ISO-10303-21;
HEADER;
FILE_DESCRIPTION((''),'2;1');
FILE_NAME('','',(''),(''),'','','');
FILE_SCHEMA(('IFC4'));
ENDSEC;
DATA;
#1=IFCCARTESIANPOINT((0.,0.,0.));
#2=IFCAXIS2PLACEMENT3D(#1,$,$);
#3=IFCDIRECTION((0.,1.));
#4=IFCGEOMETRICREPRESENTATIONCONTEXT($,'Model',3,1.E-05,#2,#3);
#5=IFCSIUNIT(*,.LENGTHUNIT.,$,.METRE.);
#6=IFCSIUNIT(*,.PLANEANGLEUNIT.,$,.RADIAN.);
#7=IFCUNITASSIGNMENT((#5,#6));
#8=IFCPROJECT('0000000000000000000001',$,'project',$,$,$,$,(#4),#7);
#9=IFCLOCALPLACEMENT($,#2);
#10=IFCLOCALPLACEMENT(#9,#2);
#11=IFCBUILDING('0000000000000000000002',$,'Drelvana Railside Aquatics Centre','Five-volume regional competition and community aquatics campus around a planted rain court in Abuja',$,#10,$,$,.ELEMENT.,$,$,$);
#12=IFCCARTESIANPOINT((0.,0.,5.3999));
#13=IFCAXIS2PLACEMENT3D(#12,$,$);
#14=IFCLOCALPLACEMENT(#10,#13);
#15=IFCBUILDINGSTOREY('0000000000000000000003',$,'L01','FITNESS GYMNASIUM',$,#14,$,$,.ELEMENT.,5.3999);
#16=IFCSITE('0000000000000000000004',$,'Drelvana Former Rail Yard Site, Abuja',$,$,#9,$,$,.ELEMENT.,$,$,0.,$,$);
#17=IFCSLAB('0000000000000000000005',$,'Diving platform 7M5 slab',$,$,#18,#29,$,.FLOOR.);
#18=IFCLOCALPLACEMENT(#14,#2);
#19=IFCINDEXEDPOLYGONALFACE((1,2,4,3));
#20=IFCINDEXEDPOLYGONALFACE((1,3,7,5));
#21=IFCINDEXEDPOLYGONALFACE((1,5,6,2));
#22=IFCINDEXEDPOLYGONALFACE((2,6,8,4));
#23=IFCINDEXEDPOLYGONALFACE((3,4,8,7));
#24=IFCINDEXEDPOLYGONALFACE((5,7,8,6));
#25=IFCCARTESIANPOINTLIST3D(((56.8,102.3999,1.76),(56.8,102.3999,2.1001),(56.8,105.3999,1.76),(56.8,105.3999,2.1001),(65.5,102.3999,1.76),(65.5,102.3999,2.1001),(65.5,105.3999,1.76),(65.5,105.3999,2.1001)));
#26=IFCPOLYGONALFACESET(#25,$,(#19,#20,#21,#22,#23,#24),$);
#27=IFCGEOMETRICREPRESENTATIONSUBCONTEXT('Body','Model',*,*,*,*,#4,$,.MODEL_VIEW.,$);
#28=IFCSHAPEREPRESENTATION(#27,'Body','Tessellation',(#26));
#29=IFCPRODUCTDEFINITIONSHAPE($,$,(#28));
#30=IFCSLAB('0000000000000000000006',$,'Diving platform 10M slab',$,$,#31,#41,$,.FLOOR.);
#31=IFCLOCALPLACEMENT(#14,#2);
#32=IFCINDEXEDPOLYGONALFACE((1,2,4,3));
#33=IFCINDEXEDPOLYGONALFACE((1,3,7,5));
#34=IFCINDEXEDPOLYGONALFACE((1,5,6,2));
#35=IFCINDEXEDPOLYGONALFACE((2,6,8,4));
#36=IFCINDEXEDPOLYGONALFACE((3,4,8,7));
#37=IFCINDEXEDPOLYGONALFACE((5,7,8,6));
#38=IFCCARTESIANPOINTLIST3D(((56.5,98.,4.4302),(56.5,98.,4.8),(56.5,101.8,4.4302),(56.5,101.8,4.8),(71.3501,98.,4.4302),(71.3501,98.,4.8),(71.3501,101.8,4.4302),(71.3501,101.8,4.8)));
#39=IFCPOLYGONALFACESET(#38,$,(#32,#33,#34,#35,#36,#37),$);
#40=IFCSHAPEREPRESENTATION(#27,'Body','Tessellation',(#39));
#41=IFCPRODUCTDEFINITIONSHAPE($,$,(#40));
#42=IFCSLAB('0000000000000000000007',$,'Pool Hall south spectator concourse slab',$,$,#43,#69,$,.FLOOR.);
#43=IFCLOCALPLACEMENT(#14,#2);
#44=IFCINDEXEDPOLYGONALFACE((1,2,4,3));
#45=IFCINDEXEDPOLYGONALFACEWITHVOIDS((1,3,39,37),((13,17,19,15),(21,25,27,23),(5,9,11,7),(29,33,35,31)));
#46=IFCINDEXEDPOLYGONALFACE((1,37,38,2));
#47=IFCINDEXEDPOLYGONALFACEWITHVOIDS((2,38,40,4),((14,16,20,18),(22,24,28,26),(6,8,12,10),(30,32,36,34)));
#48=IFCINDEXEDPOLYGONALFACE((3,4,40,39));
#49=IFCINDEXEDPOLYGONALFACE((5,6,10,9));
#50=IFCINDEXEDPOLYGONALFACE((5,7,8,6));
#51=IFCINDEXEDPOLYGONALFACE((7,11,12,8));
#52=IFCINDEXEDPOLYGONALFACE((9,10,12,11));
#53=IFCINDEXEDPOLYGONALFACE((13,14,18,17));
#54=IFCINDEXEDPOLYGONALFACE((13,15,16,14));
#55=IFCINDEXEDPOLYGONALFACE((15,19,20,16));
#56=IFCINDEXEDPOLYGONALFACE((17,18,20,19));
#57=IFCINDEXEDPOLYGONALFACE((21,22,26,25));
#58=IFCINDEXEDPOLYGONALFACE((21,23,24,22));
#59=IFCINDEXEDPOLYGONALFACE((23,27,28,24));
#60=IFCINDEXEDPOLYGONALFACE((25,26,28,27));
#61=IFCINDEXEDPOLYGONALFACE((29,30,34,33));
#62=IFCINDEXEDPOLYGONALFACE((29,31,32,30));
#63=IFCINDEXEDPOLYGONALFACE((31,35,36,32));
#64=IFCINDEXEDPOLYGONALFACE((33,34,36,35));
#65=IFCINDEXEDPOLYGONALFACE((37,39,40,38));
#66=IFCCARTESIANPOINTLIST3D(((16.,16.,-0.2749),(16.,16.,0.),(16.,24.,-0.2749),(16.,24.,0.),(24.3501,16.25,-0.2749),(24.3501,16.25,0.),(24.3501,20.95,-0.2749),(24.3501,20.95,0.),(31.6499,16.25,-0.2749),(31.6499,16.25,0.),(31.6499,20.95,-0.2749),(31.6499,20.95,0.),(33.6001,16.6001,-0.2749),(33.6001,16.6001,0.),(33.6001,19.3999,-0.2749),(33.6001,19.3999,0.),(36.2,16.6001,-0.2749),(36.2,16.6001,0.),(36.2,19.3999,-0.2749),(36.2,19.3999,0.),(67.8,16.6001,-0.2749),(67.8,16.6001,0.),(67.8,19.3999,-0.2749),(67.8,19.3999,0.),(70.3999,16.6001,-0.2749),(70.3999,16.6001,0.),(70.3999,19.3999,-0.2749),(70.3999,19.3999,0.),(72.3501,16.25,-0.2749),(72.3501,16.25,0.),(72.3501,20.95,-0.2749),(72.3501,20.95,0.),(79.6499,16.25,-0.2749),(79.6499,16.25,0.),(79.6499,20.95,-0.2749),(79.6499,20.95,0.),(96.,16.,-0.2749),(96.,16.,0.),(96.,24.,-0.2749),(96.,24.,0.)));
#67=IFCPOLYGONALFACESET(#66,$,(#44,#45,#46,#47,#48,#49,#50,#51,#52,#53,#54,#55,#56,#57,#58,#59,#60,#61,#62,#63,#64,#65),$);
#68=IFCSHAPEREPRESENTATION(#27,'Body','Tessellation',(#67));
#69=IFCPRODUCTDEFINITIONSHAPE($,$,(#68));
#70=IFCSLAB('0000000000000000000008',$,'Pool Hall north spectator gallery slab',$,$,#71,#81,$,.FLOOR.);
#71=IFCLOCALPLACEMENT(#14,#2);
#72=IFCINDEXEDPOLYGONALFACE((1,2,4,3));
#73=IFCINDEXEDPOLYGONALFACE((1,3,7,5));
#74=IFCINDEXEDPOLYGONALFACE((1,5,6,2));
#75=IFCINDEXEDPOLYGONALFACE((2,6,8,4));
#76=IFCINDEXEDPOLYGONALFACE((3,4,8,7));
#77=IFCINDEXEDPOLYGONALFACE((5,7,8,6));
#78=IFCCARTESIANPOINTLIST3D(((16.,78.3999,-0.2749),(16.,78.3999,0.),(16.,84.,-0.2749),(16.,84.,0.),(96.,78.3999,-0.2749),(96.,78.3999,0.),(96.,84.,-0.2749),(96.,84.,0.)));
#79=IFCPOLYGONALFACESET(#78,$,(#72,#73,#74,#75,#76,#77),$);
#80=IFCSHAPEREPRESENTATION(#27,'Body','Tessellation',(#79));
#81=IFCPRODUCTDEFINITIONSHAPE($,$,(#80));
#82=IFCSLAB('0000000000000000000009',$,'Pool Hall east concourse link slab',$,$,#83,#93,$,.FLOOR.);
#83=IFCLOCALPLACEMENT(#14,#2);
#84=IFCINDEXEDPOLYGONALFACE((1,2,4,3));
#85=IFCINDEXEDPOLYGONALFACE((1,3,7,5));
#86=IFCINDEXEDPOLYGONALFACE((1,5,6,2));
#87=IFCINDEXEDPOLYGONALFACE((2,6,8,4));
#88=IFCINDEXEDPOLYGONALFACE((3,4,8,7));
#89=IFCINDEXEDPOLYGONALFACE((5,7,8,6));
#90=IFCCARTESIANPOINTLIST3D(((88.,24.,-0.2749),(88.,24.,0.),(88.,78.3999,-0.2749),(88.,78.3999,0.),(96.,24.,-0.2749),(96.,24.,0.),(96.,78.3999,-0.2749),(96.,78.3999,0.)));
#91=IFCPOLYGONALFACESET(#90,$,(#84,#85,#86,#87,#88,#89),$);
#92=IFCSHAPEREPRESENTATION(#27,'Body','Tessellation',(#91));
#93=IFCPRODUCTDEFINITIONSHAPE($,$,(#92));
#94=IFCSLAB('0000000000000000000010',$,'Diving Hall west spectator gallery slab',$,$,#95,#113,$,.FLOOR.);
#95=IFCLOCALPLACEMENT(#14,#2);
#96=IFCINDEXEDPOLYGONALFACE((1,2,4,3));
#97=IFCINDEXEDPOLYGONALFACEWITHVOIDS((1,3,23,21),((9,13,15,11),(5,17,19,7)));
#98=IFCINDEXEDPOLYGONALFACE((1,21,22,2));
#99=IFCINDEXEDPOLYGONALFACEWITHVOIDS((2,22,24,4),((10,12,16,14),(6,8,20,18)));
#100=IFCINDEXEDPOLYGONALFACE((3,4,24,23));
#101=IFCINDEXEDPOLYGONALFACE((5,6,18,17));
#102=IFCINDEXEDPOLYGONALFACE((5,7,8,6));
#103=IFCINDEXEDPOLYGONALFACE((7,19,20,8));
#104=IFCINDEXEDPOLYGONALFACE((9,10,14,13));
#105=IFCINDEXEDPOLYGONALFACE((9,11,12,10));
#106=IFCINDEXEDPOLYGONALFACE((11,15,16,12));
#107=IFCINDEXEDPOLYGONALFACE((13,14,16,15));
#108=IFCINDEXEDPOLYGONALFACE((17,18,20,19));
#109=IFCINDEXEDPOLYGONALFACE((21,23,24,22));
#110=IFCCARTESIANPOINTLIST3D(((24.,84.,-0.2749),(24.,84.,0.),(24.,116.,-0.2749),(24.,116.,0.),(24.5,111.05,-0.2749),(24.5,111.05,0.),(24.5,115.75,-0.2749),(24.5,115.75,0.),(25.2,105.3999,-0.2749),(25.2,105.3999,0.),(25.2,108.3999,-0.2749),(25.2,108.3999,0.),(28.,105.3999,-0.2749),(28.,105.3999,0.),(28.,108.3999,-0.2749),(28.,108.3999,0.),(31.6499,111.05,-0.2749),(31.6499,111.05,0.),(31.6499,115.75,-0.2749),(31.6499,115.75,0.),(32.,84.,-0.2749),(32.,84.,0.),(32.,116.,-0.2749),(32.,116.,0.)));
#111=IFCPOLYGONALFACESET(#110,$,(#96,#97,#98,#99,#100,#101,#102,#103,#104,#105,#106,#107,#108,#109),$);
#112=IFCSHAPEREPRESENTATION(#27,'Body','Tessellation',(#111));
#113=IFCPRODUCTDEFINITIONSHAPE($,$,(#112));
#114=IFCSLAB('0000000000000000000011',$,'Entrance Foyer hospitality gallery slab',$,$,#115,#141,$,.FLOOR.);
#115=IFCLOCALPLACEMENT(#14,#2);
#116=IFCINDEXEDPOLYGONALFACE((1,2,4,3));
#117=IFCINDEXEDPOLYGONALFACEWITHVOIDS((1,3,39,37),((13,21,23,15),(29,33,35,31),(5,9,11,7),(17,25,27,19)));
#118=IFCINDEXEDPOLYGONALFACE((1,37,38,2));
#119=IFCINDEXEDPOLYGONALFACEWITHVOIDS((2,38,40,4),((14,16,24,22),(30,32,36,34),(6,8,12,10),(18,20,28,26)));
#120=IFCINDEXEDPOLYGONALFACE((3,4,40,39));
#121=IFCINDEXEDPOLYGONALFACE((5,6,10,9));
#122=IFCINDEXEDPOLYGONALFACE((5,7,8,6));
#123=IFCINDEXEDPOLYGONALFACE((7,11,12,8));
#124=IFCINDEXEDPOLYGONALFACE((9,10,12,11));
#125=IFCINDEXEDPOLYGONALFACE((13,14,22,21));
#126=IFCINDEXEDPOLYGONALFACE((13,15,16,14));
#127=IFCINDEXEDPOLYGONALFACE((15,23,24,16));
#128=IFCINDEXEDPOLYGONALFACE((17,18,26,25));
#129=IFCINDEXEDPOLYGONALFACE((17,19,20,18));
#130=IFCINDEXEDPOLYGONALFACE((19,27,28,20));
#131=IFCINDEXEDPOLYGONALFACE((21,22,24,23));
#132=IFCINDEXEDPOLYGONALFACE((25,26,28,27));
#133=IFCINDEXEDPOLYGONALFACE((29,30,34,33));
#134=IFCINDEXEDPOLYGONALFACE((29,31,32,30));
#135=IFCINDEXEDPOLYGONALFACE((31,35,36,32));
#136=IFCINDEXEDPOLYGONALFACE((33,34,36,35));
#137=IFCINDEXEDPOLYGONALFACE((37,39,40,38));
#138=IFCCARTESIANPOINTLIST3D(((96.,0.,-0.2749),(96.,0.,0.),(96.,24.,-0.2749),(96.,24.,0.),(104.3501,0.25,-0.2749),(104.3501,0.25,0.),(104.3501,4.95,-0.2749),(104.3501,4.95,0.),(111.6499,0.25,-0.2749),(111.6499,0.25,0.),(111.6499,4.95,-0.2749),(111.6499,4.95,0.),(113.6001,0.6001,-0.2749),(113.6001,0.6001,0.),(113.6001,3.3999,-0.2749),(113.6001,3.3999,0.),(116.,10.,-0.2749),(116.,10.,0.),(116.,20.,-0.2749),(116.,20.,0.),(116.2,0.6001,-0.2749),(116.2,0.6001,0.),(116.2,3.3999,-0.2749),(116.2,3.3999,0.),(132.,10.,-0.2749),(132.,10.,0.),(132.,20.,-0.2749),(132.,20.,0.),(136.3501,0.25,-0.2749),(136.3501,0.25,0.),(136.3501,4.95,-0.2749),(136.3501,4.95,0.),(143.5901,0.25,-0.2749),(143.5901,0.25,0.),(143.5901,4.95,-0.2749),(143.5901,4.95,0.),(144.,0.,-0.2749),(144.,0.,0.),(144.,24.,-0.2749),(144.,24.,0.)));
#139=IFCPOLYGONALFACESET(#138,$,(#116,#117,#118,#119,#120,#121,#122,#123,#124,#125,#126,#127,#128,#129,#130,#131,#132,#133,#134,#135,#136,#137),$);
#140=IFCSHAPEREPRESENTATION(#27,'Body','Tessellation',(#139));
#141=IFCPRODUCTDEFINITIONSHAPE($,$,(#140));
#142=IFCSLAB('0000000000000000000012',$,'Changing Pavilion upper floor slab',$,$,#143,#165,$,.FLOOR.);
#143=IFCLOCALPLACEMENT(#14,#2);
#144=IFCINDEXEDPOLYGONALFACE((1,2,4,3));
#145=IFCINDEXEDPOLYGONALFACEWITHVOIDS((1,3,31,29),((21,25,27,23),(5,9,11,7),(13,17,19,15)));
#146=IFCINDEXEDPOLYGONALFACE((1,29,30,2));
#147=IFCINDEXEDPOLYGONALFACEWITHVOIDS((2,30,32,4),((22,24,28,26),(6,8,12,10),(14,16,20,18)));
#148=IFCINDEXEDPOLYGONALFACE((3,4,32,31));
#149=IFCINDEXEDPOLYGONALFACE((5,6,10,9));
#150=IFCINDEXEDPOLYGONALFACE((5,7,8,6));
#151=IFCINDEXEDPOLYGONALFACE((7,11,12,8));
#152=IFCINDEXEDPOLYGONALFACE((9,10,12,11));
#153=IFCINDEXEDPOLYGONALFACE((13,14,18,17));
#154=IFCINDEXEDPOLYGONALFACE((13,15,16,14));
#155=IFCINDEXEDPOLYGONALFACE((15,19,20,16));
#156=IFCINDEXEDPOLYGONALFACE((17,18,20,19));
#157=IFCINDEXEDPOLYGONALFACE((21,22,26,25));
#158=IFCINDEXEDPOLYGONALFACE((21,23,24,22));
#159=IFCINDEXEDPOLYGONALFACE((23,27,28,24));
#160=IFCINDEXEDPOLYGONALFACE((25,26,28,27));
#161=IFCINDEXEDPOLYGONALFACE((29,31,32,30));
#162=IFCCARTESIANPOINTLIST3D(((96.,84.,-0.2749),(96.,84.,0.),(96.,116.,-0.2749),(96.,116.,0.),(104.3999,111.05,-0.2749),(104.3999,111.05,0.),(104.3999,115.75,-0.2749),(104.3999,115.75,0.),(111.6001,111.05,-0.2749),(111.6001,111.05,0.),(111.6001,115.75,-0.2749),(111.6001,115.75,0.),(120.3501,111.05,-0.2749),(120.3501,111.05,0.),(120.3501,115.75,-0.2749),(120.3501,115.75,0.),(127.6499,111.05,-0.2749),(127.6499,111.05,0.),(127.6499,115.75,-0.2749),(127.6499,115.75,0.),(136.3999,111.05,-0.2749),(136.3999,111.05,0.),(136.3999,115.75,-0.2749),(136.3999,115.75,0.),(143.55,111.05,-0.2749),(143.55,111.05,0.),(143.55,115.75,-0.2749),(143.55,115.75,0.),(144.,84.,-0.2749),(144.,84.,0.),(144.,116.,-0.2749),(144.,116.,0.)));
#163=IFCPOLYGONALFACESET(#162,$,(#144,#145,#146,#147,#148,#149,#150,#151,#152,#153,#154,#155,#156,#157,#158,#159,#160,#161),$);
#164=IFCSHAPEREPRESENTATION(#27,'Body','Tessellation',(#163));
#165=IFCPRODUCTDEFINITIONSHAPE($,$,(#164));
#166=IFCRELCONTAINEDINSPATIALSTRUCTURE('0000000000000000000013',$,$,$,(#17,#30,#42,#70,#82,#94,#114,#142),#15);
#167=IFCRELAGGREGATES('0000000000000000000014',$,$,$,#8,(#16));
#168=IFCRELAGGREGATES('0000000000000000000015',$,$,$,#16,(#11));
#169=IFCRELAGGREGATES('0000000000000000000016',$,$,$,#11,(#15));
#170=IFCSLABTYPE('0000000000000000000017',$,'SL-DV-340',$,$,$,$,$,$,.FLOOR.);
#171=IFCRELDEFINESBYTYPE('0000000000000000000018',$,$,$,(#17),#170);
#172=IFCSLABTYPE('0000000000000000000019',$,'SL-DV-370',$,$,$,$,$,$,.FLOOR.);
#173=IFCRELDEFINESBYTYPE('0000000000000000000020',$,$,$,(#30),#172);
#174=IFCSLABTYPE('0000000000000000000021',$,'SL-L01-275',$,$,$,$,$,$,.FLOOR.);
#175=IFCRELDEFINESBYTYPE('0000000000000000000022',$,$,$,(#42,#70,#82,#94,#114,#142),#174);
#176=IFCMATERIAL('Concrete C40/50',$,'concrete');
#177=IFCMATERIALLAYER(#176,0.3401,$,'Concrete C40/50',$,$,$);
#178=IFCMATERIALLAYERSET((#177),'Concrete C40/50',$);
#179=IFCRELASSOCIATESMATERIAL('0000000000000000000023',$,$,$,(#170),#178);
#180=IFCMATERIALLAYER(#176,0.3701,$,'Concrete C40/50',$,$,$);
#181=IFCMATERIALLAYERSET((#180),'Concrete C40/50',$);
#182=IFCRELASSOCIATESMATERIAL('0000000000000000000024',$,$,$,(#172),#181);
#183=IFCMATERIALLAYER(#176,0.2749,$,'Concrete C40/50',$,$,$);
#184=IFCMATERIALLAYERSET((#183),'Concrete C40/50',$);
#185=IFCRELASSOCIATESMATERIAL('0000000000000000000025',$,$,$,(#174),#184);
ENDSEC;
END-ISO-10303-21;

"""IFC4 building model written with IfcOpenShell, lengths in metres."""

from ifc_helpers import new_model, si_unit, direction, frame, origin, place, context, subcontext, project, spatial, polyline, outline, extrude, material, layer, layer_set, type_object, element, save


model = new_model("IFC4")

# Units and contexts
model_context = context("Model", 3, precision=1e-05, world=origin(), true_north=direction((0.0, 1.0)))
body_context = subcontext(model_context, "Body", "Model", "MODEL_VIEW")
ifc_project = project(units=[si_unit("LENGTHUNIT", "METRE"), si_unit("PLANEANGLEUNIT", "RADIAN")], contexts=[model_context])

# Site, building, storey
site_placement = place(None, origin())
site = spatial("IfcSite", under=ifc_project, at=site_placement, Name="Drelvana Former Rail Yard Site, Abuja", CompositionType="ELEMENT", RefElevation=0.0)
building_placement = place(site_placement, origin())
building = spatial("IfcBuilding", under=site, at=building_placement, Name="Drelvana Railside Aquatics Centre", Description="Five-volume regional competition and community aquatics campus around a planted rain court in Abuja", CompositionType="ELEMENT")
storey_placement = place(building_placement, frame((0.0, 0.0, 5.3999)))
storey = spatial("IfcBuildingStorey", under=building, at=storey_placement, Name="L01", Description="FITNESS GYMNASIUM", CompositionType="ELEMENT", Elevation=5.3999)

# Slabs
ifc_material_1 = material(Name="Concrete C40/50", Category="concrete")
ifc_layer_1 = layer(ifc_material_1, 0.3401, Name="Concrete C40/50")
ifc_layer_set_1 = layer_set([ifc_layer_1], Name="Concrete C40/50")
slab_type_1 = type_object("IfcSlabType", Name="SL-DV-340", PredefinedType="FLOOR", material=ifc_layer_set_1)
slab_1_placement = place(storey_placement, frame((0.0, 0.0, 1.76)))
element("IfcSlab", 1, at=slab_1_placement, inside=storey, type_object=slab_type_1, Name="Diving platform 7M5 slab", PredefinedType="FLOOR", context=body_context, shape_type="SweptSolid", body=[
    extrude(outline(polyline([(56.8, 102.3999), (65.5, 102.3999), (65.5, 105.3999), (56.8, 105.3999), (56.8, 102.3999)])), origin(), (0.0, 0.0, 1.0), 0.3401),
])
ifc_layer_2 = layer(ifc_material_1, 0.3701, Name="Concrete C40/50")
ifc_layer_set_2 = layer_set([ifc_layer_2], Name="Concrete C40/50")
slab_type_2 = type_object("IfcSlabType", Name="SL-DV-370", PredefinedType="FLOOR", material=ifc_layer_set_2)
slab_2_placement = place(storey_placement, frame((0.0, 0.0, 4.4302)))
element("IfcSlab", 2, at=slab_2_placement, inside=storey, type_object=slab_type_2, Name="Diving platform 10M slab", PredefinedType="FLOOR", context=body_context, shape_type="SweptSolid", body=[
    extrude(outline(polyline([(56.5, 98.0), (71.3501, 98.0), (71.3501, 101.8), (56.5, 101.8), (56.5, 98.0)])), origin(), (0.0, 0.0, 1.0), 0.3699),
])
ifc_layer_3 = layer(ifc_material_1, 0.2749, Name="Concrete C40/50")
ifc_layer_set_3 = layer_set([ifc_layer_3], Name="Concrete C40/50")
slab_type_3 = type_object("IfcSlabType", Name="SL-L01-275", PredefinedType="FLOOR", material=ifc_layer_set_3)
slab_3_placement = place(storey_placement, frame((0.0, 0.0, -0.2749)))
element("IfcSlab", 3, at=slab_3_placement, inside=storey, type_object=slab_type_3, Name="Pool Hall south spectator concourse slab", PredefinedType="FLOOR", context=body_context, shape_type="SweptSolid", body=[
    extrude(outline(polyline([(16.0, 16.0), (96.0, 16.0), (96.0, 24.0), (16.0, 24.0), (16.0, 16.0)]), holes=[polyline([(24.3501, 16.25), (31.6499, 16.25), (31.6499, 20.95), (24.3501, 20.95), (24.3501, 16.25)]), polyline([(33.6001, 16.6001), (36.2, 16.6001), (36.2, 19.3999), (33.6001, 19.3999), (33.6001, 16.6001)]), polyline([(72.3501, 16.25), (79.6499, 16.25), (79.6499, 20.95), (72.3501, 20.95), (72.3501, 16.25)]), polyline([(67.8, 16.6001), (70.3999, 16.6001), (70.3999, 19.3999), (67.8, 19.3999), (67.8, 16.6001)])]), origin(), (0.0, 0.0, 1.0), 0.2749),
])
slab_4_placement = place(storey_placement, frame((0.0, 0.0, -0.2749)))
element("IfcSlab", 4, at=slab_4_placement, inside=storey, type_object=slab_type_3, Name="Pool Hall north spectator gallery slab", PredefinedType="FLOOR", context=body_context, shape_type="SweptSolid", body=[
    extrude(outline(polyline([(16.0, 78.3999), (96.0, 78.3999), (96.0, 84.0), (16.0, 84.0), (16.0, 78.3999)])), origin(), (0.0, 0.0, 1.0), 0.2749),
])
slab_5_placement = place(storey_placement, frame((0.0, 0.0, -0.2749)))
element("IfcSlab", 5, at=slab_5_placement, inside=storey, type_object=slab_type_3, Name="Pool Hall east concourse link slab", PredefinedType="FLOOR", context=body_context, shape_type="SweptSolid", body=[
    extrude(outline(polyline([(88.0, 24.0), (96.0, 24.0), (96.0, 78.3999), (88.0, 78.3999), (88.0, 24.0)])), origin(), (0.0, 0.0, 1.0), 0.2749),
])
slab_6_placement = place(storey_placement, frame((0.0, 0.0, -0.2749)))
element("IfcSlab", 6, at=slab_6_placement, inside=storey, type_object=slab_type_3, Name="Diving Hall west spectator gallery slab", PredefinedType="FLOOR", context=body_context, shape_type="SweptSolid", body=[
    extrude(outline(polyline([(24.0, 84.0), (32.0, 84.0), (32.0, 116.0), (24.0, 116.0), (24.0, 84.0)]), holes=[polyline([(24.5, 111.05), (31.6499, 111.05), (31.6499, 115.75), (24.5, 115.75), (24.5, 111.05)]), polyline([(25.2, 105.3999), (28.0, 105.3999), (28.0, 108.3999), (25.2, 108.3999), (25.2, 105.3999)])]), origin(), (0.0, 0.0, 1.0), 0.2749),
])
slab_7_placement = place(storey_placement, frame((0.0, 0.0, -0.2749)))
element("IfcSlab", 7, at=slab_7_placement, inside=storey, type_object=slab_type_3, Name="Entrance Foyer hospitality gallery slab", PredefinedType="FLOOR", context=body_context, shape_type="SweptSolid", body=[
    extrude(outline(polyline([(96.0, 0.0), (144.0, 0.0), (144.0, 24.0), (96.0, 24.0), (96.0, 0.0)]), holes=[polyline([(116.0, 10.0), (132.0, 10.0), (132.0, 20.0), (116.0, 20.0), (116.0, 10.0)]), polyline([(104.3501, 0.25), (111.6499, 0.25), (111.6499, 4.95), (104.3501, 4.95), (104.3501, 0.25)]), polyline([(113.6001, 0.6001), (116.2, 0.6001), (116.2, 3.3999), (113.6001, 3.3999), (113.6001, 0.6001)]), polyline([(136.3501, 0.25), (143.5901, 0.25), (143.5901, 4.95), (136.3501, 4.95), (136.3501, 0.25)])]), origin(), (0.0, 0.0, 1.0), 0.2749),
])
slab_8_placement = place(storey_placement, frame((0.0, 0.0, -0.2749)))
element("IfcSlab", 8, at=slab_8_placement, inside=storey, type_object=slab_type_3, Name="Changing Pavilion upper floor slab", PredefinedType="FLOOR", context=body_context, shape_type="SweptSolid", body=[
    extrude(outline(polyline([(96.0, 84.0), (144.0, 84.0), (144.0, 116.0), (96.0, 116.0), (96.0, 84.0)]), holes=[polyline([(120.3501, 111.05), (127.6499, 111.05), (127.6499, 115.75), (120.3501, 115.75), (120.3501, 111.05)]), polyline([(104.3999, 111.05), (111.6001, 111.05), (111.6001, 115.75), (104.3999, 115.75), (104.3999, 111.05)]), polyline([(136.3999, 111.05), (143.55, 111.05), (143.55, 115.75), (136.3999, 115.75), (136.3999, 111.05)])]), origin(), (0.0, 0.0, 1.0), 0.2749),
])

save(model, "model.ifc")
